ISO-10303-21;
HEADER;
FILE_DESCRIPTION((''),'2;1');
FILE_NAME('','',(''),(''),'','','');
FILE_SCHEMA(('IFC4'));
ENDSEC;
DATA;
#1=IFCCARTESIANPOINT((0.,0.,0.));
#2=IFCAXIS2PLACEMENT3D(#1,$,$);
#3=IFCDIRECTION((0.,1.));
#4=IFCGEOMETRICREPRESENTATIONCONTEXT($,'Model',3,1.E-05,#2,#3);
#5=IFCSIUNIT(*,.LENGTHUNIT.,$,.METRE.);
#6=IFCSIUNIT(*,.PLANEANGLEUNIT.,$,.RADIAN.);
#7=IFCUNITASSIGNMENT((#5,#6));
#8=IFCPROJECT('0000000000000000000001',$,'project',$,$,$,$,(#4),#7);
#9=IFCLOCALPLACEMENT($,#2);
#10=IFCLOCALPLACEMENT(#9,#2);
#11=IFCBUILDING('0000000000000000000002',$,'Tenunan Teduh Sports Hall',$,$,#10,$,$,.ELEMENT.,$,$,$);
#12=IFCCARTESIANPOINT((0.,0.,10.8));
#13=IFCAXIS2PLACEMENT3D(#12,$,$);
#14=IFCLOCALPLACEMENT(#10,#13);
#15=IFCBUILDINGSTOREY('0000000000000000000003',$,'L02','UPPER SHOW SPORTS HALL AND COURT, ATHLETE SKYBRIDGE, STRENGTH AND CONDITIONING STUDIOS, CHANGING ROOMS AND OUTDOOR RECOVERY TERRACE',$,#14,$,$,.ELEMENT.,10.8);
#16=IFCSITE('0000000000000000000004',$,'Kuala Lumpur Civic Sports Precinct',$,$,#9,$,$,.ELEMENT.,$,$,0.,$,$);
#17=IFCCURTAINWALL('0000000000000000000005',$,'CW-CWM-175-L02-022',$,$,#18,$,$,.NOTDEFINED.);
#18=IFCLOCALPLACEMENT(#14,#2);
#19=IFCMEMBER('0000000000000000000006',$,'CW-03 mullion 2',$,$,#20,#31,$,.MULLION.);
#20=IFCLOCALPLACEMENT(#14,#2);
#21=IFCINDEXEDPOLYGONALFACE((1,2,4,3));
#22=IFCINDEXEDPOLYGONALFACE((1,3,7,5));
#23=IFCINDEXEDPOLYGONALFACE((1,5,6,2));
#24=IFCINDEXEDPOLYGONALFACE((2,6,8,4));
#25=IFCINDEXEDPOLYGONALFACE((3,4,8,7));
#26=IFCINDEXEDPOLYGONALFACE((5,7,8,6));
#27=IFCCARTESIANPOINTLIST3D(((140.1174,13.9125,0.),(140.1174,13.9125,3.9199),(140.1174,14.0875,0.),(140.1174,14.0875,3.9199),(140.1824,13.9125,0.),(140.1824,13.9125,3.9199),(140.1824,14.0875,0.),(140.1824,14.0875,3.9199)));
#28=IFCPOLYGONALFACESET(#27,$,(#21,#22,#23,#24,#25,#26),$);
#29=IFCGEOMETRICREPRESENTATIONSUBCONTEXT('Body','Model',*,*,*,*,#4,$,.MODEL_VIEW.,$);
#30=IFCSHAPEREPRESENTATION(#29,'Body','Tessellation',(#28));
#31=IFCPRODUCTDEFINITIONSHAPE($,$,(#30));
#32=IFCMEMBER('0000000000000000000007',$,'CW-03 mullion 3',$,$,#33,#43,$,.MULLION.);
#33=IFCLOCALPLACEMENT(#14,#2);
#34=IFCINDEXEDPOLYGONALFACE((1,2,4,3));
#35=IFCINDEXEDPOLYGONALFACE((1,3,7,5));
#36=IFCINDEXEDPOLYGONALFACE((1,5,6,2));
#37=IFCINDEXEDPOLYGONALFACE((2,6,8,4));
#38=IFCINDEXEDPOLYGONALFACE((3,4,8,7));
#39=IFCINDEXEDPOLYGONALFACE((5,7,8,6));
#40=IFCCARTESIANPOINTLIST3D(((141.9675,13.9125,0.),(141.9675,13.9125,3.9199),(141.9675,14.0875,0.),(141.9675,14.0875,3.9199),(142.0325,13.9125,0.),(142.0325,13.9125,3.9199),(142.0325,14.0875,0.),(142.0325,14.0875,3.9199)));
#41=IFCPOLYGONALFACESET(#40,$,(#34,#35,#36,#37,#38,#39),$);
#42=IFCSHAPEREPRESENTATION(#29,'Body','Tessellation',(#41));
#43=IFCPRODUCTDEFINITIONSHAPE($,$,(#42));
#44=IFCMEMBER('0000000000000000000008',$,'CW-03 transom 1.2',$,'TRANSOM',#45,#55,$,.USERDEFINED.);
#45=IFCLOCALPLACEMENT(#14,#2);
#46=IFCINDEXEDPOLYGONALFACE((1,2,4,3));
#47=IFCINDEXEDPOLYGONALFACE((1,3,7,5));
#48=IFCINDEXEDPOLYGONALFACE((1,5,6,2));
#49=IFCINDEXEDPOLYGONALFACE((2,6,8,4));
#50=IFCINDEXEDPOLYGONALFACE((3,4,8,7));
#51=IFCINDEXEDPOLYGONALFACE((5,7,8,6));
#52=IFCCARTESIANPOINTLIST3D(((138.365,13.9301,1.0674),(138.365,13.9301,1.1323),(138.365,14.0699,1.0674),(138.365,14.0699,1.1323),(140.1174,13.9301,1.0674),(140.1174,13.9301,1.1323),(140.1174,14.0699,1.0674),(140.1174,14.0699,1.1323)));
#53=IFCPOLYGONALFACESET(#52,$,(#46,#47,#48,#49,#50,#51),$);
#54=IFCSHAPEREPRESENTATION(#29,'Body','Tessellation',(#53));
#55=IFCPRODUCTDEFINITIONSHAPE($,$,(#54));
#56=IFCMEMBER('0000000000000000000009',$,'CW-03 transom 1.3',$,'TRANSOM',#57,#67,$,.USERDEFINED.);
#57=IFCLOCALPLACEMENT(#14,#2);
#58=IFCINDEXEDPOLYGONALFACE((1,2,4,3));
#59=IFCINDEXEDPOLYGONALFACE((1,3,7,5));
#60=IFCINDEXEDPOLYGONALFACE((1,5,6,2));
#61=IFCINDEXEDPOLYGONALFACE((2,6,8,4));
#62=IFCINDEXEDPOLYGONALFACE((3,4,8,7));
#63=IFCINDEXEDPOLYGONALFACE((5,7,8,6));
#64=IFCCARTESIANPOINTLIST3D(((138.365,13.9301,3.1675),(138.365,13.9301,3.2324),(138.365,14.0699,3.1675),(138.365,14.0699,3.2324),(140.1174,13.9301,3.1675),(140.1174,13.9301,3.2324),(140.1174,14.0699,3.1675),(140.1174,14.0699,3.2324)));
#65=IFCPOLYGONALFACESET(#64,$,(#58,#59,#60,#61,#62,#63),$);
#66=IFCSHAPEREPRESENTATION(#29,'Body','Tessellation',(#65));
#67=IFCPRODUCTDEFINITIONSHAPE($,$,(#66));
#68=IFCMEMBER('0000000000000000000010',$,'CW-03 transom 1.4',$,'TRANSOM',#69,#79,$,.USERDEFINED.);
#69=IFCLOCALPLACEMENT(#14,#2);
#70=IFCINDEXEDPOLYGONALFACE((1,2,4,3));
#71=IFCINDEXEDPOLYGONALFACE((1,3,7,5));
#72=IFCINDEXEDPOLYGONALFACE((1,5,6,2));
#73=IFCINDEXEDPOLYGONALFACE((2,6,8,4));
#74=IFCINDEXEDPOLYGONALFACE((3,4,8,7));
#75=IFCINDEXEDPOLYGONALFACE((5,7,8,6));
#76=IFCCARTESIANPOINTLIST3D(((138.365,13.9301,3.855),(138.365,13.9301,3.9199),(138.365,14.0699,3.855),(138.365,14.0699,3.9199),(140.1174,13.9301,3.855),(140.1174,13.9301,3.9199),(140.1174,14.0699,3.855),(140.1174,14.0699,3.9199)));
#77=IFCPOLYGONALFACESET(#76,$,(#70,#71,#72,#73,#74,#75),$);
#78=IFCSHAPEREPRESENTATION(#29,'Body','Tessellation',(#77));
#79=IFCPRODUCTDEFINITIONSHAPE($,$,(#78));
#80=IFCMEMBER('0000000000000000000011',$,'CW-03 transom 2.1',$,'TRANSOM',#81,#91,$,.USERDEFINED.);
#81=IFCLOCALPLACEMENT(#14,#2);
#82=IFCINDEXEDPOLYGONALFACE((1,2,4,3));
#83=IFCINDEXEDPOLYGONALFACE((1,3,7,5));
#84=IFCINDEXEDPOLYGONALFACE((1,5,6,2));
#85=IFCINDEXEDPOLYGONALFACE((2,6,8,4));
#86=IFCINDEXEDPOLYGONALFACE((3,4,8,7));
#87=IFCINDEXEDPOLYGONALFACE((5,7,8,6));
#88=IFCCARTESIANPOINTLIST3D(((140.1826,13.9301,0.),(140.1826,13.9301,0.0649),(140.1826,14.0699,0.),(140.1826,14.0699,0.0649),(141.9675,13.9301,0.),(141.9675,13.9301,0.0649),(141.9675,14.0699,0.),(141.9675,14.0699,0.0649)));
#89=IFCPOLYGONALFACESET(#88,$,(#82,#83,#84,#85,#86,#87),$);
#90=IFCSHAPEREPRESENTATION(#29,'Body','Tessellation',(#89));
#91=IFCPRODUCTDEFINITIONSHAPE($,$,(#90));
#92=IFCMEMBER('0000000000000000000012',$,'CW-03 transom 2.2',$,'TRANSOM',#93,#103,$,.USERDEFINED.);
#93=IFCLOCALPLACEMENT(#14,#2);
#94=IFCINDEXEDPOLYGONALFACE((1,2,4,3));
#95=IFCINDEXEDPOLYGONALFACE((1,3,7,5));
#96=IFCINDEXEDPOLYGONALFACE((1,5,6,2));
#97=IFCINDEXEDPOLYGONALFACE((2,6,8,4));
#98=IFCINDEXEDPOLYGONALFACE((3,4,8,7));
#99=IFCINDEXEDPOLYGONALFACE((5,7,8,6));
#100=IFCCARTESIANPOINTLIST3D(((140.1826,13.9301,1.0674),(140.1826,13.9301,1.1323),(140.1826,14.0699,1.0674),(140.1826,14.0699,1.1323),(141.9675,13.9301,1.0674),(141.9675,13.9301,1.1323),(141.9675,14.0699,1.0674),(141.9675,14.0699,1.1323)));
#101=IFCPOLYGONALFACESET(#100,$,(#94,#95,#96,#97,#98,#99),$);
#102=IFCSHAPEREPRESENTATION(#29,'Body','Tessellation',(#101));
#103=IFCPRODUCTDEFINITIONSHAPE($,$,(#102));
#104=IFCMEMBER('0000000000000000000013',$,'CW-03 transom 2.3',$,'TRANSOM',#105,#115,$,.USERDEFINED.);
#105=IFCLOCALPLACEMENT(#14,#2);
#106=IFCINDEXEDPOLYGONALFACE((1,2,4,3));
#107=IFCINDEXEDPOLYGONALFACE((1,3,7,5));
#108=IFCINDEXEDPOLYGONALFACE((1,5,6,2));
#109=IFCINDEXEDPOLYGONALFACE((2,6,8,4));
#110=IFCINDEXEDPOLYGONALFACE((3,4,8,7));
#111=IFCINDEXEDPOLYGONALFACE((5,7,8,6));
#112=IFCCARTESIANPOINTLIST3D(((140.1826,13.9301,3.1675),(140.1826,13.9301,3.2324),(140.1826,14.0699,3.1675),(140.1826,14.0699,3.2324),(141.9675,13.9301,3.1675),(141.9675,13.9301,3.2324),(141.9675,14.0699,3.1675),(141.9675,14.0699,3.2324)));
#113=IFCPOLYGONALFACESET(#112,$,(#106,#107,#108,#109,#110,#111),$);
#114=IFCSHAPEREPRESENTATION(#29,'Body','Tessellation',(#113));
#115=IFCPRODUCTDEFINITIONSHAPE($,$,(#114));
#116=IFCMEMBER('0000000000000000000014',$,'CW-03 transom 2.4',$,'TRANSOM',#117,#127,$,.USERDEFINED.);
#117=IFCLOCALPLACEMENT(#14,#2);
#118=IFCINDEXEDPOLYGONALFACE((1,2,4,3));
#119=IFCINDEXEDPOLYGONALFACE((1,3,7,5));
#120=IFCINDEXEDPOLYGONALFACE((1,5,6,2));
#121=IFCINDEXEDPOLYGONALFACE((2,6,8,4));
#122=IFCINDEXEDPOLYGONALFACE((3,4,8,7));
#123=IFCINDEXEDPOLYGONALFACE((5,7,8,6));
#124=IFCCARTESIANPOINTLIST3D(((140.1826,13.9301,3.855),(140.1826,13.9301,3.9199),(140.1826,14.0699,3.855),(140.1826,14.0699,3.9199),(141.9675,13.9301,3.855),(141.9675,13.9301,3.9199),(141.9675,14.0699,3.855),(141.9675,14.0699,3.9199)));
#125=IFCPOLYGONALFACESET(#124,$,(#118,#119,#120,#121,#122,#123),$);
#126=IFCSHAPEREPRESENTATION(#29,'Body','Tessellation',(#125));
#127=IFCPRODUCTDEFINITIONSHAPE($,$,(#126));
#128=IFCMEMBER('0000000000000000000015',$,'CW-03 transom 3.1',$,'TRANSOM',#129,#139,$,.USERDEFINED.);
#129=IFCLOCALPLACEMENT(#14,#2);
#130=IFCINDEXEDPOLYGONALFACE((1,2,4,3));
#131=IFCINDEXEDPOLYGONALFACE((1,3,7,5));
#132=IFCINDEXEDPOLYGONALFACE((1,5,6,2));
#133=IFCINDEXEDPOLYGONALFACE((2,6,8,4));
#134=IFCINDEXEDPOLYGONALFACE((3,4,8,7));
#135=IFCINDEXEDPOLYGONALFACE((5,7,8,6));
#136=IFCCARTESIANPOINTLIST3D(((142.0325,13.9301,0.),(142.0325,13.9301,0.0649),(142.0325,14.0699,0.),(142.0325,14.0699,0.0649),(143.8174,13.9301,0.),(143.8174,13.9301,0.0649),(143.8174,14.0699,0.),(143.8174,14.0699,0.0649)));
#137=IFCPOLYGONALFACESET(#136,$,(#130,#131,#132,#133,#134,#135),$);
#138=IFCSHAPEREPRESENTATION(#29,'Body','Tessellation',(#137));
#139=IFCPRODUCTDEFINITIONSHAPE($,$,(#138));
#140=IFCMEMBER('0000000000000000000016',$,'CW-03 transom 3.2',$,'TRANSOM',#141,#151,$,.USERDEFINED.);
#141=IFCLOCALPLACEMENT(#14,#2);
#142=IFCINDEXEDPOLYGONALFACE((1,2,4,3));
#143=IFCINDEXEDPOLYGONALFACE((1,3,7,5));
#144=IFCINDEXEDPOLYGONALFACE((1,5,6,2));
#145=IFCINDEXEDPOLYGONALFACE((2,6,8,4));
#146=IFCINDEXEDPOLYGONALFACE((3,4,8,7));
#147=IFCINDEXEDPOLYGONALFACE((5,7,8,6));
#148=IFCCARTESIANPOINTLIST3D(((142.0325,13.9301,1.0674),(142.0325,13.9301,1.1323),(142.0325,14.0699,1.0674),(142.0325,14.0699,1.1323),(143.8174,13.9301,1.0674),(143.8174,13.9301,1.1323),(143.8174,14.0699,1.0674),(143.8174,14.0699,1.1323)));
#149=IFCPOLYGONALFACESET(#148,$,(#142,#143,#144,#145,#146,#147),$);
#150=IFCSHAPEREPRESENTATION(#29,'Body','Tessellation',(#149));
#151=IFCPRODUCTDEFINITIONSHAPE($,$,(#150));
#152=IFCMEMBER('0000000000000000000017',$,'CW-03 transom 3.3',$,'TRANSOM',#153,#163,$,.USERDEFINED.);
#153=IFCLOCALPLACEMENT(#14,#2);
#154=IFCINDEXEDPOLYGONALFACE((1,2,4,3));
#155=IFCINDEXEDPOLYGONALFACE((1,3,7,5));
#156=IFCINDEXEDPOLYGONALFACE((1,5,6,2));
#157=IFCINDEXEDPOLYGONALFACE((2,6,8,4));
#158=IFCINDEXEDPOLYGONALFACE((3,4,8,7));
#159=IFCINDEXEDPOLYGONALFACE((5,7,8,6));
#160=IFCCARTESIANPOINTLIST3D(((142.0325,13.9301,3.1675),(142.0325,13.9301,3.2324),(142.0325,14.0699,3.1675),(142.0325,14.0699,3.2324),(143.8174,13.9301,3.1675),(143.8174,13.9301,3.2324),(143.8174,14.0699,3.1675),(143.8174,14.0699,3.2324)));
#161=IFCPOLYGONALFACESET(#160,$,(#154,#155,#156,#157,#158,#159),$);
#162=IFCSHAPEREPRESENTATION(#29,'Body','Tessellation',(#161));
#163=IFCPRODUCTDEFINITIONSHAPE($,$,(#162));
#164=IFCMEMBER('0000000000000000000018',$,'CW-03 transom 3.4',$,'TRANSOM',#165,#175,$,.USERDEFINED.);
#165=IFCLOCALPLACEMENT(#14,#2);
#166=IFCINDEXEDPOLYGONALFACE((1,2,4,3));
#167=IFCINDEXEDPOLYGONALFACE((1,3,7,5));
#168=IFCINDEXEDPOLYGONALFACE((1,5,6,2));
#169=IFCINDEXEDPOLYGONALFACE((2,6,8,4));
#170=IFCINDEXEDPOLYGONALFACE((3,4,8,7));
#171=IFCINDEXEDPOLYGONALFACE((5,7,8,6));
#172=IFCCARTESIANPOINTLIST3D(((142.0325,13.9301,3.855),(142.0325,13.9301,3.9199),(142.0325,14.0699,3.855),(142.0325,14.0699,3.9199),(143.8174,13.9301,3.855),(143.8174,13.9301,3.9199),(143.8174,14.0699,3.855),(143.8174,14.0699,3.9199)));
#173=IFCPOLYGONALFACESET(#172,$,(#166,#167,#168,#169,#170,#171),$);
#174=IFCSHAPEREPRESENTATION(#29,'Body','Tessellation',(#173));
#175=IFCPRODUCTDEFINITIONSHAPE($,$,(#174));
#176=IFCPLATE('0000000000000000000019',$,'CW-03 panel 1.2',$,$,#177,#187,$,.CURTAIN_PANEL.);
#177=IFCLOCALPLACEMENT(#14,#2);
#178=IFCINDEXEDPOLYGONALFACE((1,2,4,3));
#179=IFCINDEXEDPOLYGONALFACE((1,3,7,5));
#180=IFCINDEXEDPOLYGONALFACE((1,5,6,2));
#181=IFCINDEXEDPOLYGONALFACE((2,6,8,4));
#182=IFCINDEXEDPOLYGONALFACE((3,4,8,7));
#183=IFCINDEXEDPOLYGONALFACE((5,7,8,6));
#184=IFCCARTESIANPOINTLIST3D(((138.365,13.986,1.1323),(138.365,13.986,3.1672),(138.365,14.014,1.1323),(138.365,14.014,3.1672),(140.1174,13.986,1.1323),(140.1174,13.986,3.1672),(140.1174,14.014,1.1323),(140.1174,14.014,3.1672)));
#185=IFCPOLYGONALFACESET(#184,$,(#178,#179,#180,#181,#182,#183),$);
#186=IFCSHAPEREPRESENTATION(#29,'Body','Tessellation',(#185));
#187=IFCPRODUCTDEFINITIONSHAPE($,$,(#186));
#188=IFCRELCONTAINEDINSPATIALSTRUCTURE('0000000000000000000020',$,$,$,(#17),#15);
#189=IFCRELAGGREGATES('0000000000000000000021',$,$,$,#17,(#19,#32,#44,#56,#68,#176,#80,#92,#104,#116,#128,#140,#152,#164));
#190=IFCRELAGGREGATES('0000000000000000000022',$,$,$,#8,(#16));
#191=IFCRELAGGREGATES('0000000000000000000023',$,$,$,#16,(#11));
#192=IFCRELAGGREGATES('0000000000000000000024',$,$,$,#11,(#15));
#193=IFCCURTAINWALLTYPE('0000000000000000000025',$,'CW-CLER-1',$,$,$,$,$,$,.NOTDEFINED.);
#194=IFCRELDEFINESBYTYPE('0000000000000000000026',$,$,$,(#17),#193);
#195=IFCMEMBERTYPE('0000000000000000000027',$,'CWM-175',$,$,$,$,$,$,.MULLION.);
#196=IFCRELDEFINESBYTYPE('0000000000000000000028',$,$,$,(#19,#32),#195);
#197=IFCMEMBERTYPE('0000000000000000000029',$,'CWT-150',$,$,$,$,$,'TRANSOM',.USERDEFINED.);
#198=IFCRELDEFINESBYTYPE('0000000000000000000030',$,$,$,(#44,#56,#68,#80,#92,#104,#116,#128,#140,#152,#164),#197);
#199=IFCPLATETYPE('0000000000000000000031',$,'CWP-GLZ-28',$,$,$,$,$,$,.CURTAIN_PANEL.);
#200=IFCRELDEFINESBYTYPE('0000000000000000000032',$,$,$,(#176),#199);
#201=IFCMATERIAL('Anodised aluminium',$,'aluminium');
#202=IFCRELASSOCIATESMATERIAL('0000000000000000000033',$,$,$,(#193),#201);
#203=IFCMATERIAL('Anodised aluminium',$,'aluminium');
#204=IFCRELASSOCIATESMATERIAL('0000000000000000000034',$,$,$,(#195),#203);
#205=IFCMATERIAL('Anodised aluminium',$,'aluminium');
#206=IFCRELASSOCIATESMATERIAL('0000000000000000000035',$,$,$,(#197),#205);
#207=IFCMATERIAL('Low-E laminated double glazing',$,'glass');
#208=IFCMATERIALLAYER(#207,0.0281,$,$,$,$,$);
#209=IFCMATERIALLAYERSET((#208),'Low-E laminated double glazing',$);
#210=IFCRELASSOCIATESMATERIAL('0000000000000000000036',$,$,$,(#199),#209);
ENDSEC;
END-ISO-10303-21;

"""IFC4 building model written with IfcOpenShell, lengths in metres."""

from ifc_helpers import new_model, si_unit, direction, frame, origin, origin_2d, place, context, subcontext, project, spatial, rectangle, extrude, material, layer, layer_set, material_profile, profile_set, type_object, element, aggregate, save


model = new_model("IFC4")

# Units and contexts
model_context = context("Model", 3, precision=1e-05, world=origin(), true_north=direction((0.0, 1.0)))
body_context = subcontext(model_context, "Body", "Model", "MODEL_VIEW")
ifc_project = project(units=[si_unit("LENGTHUNIT", "METRE"), si_unit("PLANEANGLEUNIT", "RADIAN")], contexts=[model_context])

# Site, building, storey
site_placement = place(None, origin())
site = spatial("IfcSite", under=ifc_project, at=site_placement, Name="Kuala Lumpur Civic Sports Precinct", CompositionType="ELEMENT", RefElevation=0.0)
building_placement = place(site_placement, origin())
building = spatial("IfcBuilding", under=site, at=building_placement, Name="Tenunan Teduh Sports Hall", CompositionType="ELEMENT")
storey_placement = place(building_placement, frame((0.0, 0.0, 10.8)))
storey = spatial("IfcBuildingStorey", under=building, at=storey_placement, Name="L02", Description="UPPER SHOW SPORTS HALL AND COURT, ATHLETE SKYBRIDGE, STRENGTH AND CONDITIONING STUDIOS, CHANGING ROOMS AND OUTDOOR RECOVERY TERRACE", CompositionType="ELEMENT", Elevation=10.8)

# Curtain wall, members, plate
ifc_material_1 = material(Name="Anodised aluminium", Category="aluminium")
curtain_wall_type = type_object("IfcCurtainWallType", Name="CW-CLER-1", PredefinedType="NOTDEFINED", material=ifc_material_1)
curtain_wall_placement = place(storey_placement, origin())
curtain_wall = element("IfcCurtainWall", 1, at=curtain_wall_placement, inside=storey, type_object=curtain_wall_type, Name="CW-CWM-175-L02-022", PredefinedType="NOTDEFINED")
ifc_material_2 = material(Name="Anodised aluminium", Category="aluminium")
ifc_material_profile_1 = material_profile(ifc_material_2, rectangle(XDim=0.0649, YDim=0.175, at=origin_2d()), Name="CWM 65x175")
ifc_profile_set_1 = profile_set([ifc_material_profile_1], Name="Anodised aluminium")
member_type_1 = type_object("IfcMemberType", Name="CWM-175", PredefinedType="MULLION", material=ifc_profile_set_1)
member_1_placement = place(storey_placement, frame((140.1499, 14.0, 0.0), z_axis=(0.0, 0.0, 1.0), x_axis=(1.0, 0.0, 0.0)))
member_1 = element("IfcMember", 2, at=member_1_placement, type_object=member_type_1, Name="CW-03 mullion 2", PredefinedType="MULLION", context=body_context, shape_type="SweptSolid", body=[
    extrude(rectangle(XDim=0.0649, YDim=0.175, at=origin_2d()), origin(), (0.0, 0.0, 1.0), 3.9199),
])
member_2_placement = place(storey_placement, frame((142.0, 14.0, 0.0), z_axis=(0.0, 0.0, 1.0), x_axis=(1.0, 0.0, 0.0)))
member_2 = element("IfcMember", 3, at=member_2_placement, type_object=member_type_1, Name="CW-03 mullion 3", PredefinedType="MULLION", context=body_context, shape_type="SweptSolid", body=[
    extrude(rectangle(XDim=0.0649, YDim=0.175, at=origin_2d()), origin(), (0.0, 0.0, 1.0), 3.9199),
])
ifc_material_3 = material(Name="Anodised aluminium", Category="aluminium")
ifc_material_profile_2 = material_profile(ifc_material_3, rectangle(XDim=0.0649, YDim=0.1399, at=origin_2d()), Name="CWT 65x140")
ifc_profile_set_2 = profile_set([ifc_material_profile_2], Name="Anodised aluminium")
member_type_2 = type_object("IfcMemberType", Name="CWT-150", ElementType="TRANSOM", PredefinedType="USERDEFINED", material=ifc_profile_set_2)
member_3_placement = place(storey_placement, frame((138.365, 14.0, 1.0999), z_axis=(1.0, 0.0, 0.0), x_axis=(0.0, 0.0, 1.0)))
member_3 = element("IfcMember", 4, at=member_3_placement, type_object=member_type_2, Name="CW-03 transom 1.2", ObjectType="TRANSOM", PredefinedType="USERDEFINED", context=body_context, shape_type="SweptSolid", body=[
    extrude(rectangle(XDim=0.0649, YDim=0.1399, at=origin_2d()), origin(), (0.0, 0.0, 1.0), 1.7524),
])
member_4_placement = place(storey_placement, frame((138.365, 14.0, 3.2), z_axis=(1.0, 0.0, 0.0), x_axis=(0.0, 0.0, 1.0)))
member_4 = element("IfcMember", 5, at=member_4_placement, type_object=member_type_2, Name="CW-03 transom 1.3", ObjectType="TRANSOM", PredefinedType="USERDEFINED", context=body_context, shape_type="SweptSolid", body=[
    extrude(rectangle(XDim=0.0649, YDim=0.1399, at=origin_2d()), origin(), (0.0, 0.0, 1.0), 1.7524),
])
member_5_placement = place(storey_placement, frame((138.365, 14.0, 3.8875), z_axis=(1.0, 0.0, 0.0), x_axis=(0.0, 0.0, 1.0)))
member_5 = element("IfcMember", 6, at=member_5_placement, type_object=member_type_2, Name="CW-03 transom 1.4", ObjectType="TRANSOM", PredefinedType="USERDEFINED", context=body_context, shape_type="SweptSolid", body=[
    extrude(rectangle(XDim=0.0649, YDim=0.1399, at=origin_2d()), origin(), (0.0, 0.0, 1.0), 1.7524),
])
member_6_placement = place(storey_placement, frame((140.1826, 14.0, 0.0325), z_axis=(1.0, 0.0, 0.0), x_axis=(0.0, 0.0, 1.0)))
member_6 = element("IfcMember", 7, at=member_6_placement, type_object=member_type_2, Name="CW-03 transom 2.1", ObjectType="TRANSOM", PredefinedType="USERDEFINED", context=body_context, shape_type="SweptSolid", body=[
    extrude(rectangle(XDim=0.0649, YDim=0.1399, at=origin_2d()), origin(), (0.0, 0.0, 1.0), 1.7849),
])
member_7_placement = place(storey_placement, frame((140.1826, 14.0, 1.0999), z_axis=(1.0, 0.0, 0.0), x_axis=(0.0, 0.0, 1.0)))
member_7 = element("IfcMember", 8, at=member_7_placement, type_object=member_type_2, Name="CW-03 transom 2.2", ObjectType="TRANSOM", PredefinedType="USERDEFINED", context=body_context, shape_type="SweptSolid", body=[
    extrude(rectangle(XDim=0.0649, YDim=0.1399, at=origin_2d()), origin(), (0.0, 0.0, 1.0), 1.7849),
])
member_8_placement = place(storey_placement, frame((140.1826, 14.0, 3.2), z_axis=(1.0, 0.0, 0.0), x_axis=(0.0, 0.0, 1.0)))
member_8 = element("IfcMember", 9, at=member_8_placement, type_object=member_type_2, Name="CW-03 transom 2.3", ObjectType="TRANSOM", PredefinedType="USERDEFINED", context=body_context, shape_type="SweptSolid", body=[
    extrude(rectangle(XDim=0.0649, YDim=0.1399, at=origin_2d()), origin(), (0.0, 0.0, 1.0), 1.7849),
])
member_9_placement = place(storey_placement, frame((140.1826, 14.0, 3.8875), z_axis=(1.0, 0.0, 0.0), x_axis=(0.0, 0.0, 1.0)))
member_9 = element("IfcMember", 10, at=member_9_placement, type_object=member_type_2, Name="CW-03 transom 2.4", ObjectType="TRANSOM", PredefinedType="USERDEFINED", context=body_context, shape_type="SweptSolid", body=[
    extrude(rectangle(XDim=0.0649, YDim=0.1399, at=origin_2d()), origin(), (0.0, 0.0, 1.0), 1.7849),
])
member_10_placement = place(storey_placement, frame((142.0325, 14.0, 0.0325), z_axis=(1.0, 0.0, 0.0), x_axis=(0.0, 0.0, 1.0)))
member_10 = element("IfcMember", 11, at=member_10_placement, type_object=member_type_2, Name="CW-03 transom 3.1", ObjectType="TRANSOM", PredefinedType="USERDEFINED", context=body_context, shape_type="SweptSolid", body=[
    extrude(rectangle(XDim=0.0649, YDim=0.1399, at=origin_2d()), origin(), (0.0, 0.0, 1.0), 1.7849),
])
member_11_placement = place(storey_placement, frame((142.0325, 14.0, 1.0999), z_axis=(1.0, 0.0, 0.0), x_axis=(0.0, 0.0, 1.0)))
member_11 = element("IfcMember", 12, at=member_11_placement, type_object=member_type_2, Name="CW-03 transom 3.2", ObjectType="TRANSOM", PredefinedType="USERDEFINED", context=body_context, shape_type="SweptSolid", body=[
    extrude(rectangle(XDim=0.0649, YDim=0.1399, at=origin_2d()), origin(), (0.0, 0.0, 1.0), 1.7849),
])
member_12_placement = place(storey_placement, frame((142.0325, 14.0, 3.2), z_axis=(1.0, 0.0, 0.0), x_axis=(0.0, 0.0, 1.0)))
member_12 = element("IfcMember", 13, at=member_12_placement, type_object=member_type_2, Name="CW-03 transom 3.3", ObjectType="TRANSOM", PredefinedType="USERDEFINED", context=body_context, shape_type="SweptSolid", body=[
    extrude(rectangle(XDim=0.0649, YDim=0.1399, at=origin_2d()), origin(), (0.0, 0.0, 1.0), 1.7849),
])
member_13_placement = place(storey_placement, frame((142.0325, 14.0, 3.8875), z_axis=(1.0, 0.0, 0.0), x_axis=(0.0, 0.0, 1.0)))
member_13 = element("IfcMember", 14, at=member_13_placement, type_object=member_type_2, Name="CW-03 transom 3.4", ObjectType="TRANSOM", PredefinedType="USERDEFINED", context=body_context, shape_type="SweptSolid", body=[
    extrude(rectangle(XDim=0.0649, YDim=0.1399, at=origin_2d()), origin(), (0.0, 0.0, 1.0), 1.7849),
])
ifc_material_4 = material(Name="Low-E laminated double glazing", Category="glass")
ifc_layer_1 = layer(ifc_material_4, 0.0281)
ifc_layer_set_1 = layer_set([ifc_layer_1], Name="Low-E laminated double glazing")
plate_type_1 = type_object("IfcPlateType", Name="CWP-GLZ-28", PredefinedType="CURTAIN_PANEL", material=ifc_layer_set_1)
plate_1_placement = place(storey_placement, frame((139.2412, 14.0, 1.1323), z_axis=(0.0, 0.0, 1.0), x_axis=(1.0, 0.0, 0.0)))
plate_1 = element("IfcPlate", 15, at=plate_1_placement, type_object=plate_type_1, Name="CW-03 panel 1.2", PredefinedType="CURTAIN_PANEL", context=body_context, shape_type="SweptSolid", body=[
    extrude(rectangle(XDim=1.7524, YDim=0.0281, at=origin_2d()), origin(), (0.0, 0.0, 1.0), 2.0349),
])
aggregate(curtain_wall, [member_1, member_2, member_3, member_4, member_5, plate_1, member_6, member_7, member_8, member_9, member_10, member_11, member_12, member_13])

save(model, "model.ifc")
